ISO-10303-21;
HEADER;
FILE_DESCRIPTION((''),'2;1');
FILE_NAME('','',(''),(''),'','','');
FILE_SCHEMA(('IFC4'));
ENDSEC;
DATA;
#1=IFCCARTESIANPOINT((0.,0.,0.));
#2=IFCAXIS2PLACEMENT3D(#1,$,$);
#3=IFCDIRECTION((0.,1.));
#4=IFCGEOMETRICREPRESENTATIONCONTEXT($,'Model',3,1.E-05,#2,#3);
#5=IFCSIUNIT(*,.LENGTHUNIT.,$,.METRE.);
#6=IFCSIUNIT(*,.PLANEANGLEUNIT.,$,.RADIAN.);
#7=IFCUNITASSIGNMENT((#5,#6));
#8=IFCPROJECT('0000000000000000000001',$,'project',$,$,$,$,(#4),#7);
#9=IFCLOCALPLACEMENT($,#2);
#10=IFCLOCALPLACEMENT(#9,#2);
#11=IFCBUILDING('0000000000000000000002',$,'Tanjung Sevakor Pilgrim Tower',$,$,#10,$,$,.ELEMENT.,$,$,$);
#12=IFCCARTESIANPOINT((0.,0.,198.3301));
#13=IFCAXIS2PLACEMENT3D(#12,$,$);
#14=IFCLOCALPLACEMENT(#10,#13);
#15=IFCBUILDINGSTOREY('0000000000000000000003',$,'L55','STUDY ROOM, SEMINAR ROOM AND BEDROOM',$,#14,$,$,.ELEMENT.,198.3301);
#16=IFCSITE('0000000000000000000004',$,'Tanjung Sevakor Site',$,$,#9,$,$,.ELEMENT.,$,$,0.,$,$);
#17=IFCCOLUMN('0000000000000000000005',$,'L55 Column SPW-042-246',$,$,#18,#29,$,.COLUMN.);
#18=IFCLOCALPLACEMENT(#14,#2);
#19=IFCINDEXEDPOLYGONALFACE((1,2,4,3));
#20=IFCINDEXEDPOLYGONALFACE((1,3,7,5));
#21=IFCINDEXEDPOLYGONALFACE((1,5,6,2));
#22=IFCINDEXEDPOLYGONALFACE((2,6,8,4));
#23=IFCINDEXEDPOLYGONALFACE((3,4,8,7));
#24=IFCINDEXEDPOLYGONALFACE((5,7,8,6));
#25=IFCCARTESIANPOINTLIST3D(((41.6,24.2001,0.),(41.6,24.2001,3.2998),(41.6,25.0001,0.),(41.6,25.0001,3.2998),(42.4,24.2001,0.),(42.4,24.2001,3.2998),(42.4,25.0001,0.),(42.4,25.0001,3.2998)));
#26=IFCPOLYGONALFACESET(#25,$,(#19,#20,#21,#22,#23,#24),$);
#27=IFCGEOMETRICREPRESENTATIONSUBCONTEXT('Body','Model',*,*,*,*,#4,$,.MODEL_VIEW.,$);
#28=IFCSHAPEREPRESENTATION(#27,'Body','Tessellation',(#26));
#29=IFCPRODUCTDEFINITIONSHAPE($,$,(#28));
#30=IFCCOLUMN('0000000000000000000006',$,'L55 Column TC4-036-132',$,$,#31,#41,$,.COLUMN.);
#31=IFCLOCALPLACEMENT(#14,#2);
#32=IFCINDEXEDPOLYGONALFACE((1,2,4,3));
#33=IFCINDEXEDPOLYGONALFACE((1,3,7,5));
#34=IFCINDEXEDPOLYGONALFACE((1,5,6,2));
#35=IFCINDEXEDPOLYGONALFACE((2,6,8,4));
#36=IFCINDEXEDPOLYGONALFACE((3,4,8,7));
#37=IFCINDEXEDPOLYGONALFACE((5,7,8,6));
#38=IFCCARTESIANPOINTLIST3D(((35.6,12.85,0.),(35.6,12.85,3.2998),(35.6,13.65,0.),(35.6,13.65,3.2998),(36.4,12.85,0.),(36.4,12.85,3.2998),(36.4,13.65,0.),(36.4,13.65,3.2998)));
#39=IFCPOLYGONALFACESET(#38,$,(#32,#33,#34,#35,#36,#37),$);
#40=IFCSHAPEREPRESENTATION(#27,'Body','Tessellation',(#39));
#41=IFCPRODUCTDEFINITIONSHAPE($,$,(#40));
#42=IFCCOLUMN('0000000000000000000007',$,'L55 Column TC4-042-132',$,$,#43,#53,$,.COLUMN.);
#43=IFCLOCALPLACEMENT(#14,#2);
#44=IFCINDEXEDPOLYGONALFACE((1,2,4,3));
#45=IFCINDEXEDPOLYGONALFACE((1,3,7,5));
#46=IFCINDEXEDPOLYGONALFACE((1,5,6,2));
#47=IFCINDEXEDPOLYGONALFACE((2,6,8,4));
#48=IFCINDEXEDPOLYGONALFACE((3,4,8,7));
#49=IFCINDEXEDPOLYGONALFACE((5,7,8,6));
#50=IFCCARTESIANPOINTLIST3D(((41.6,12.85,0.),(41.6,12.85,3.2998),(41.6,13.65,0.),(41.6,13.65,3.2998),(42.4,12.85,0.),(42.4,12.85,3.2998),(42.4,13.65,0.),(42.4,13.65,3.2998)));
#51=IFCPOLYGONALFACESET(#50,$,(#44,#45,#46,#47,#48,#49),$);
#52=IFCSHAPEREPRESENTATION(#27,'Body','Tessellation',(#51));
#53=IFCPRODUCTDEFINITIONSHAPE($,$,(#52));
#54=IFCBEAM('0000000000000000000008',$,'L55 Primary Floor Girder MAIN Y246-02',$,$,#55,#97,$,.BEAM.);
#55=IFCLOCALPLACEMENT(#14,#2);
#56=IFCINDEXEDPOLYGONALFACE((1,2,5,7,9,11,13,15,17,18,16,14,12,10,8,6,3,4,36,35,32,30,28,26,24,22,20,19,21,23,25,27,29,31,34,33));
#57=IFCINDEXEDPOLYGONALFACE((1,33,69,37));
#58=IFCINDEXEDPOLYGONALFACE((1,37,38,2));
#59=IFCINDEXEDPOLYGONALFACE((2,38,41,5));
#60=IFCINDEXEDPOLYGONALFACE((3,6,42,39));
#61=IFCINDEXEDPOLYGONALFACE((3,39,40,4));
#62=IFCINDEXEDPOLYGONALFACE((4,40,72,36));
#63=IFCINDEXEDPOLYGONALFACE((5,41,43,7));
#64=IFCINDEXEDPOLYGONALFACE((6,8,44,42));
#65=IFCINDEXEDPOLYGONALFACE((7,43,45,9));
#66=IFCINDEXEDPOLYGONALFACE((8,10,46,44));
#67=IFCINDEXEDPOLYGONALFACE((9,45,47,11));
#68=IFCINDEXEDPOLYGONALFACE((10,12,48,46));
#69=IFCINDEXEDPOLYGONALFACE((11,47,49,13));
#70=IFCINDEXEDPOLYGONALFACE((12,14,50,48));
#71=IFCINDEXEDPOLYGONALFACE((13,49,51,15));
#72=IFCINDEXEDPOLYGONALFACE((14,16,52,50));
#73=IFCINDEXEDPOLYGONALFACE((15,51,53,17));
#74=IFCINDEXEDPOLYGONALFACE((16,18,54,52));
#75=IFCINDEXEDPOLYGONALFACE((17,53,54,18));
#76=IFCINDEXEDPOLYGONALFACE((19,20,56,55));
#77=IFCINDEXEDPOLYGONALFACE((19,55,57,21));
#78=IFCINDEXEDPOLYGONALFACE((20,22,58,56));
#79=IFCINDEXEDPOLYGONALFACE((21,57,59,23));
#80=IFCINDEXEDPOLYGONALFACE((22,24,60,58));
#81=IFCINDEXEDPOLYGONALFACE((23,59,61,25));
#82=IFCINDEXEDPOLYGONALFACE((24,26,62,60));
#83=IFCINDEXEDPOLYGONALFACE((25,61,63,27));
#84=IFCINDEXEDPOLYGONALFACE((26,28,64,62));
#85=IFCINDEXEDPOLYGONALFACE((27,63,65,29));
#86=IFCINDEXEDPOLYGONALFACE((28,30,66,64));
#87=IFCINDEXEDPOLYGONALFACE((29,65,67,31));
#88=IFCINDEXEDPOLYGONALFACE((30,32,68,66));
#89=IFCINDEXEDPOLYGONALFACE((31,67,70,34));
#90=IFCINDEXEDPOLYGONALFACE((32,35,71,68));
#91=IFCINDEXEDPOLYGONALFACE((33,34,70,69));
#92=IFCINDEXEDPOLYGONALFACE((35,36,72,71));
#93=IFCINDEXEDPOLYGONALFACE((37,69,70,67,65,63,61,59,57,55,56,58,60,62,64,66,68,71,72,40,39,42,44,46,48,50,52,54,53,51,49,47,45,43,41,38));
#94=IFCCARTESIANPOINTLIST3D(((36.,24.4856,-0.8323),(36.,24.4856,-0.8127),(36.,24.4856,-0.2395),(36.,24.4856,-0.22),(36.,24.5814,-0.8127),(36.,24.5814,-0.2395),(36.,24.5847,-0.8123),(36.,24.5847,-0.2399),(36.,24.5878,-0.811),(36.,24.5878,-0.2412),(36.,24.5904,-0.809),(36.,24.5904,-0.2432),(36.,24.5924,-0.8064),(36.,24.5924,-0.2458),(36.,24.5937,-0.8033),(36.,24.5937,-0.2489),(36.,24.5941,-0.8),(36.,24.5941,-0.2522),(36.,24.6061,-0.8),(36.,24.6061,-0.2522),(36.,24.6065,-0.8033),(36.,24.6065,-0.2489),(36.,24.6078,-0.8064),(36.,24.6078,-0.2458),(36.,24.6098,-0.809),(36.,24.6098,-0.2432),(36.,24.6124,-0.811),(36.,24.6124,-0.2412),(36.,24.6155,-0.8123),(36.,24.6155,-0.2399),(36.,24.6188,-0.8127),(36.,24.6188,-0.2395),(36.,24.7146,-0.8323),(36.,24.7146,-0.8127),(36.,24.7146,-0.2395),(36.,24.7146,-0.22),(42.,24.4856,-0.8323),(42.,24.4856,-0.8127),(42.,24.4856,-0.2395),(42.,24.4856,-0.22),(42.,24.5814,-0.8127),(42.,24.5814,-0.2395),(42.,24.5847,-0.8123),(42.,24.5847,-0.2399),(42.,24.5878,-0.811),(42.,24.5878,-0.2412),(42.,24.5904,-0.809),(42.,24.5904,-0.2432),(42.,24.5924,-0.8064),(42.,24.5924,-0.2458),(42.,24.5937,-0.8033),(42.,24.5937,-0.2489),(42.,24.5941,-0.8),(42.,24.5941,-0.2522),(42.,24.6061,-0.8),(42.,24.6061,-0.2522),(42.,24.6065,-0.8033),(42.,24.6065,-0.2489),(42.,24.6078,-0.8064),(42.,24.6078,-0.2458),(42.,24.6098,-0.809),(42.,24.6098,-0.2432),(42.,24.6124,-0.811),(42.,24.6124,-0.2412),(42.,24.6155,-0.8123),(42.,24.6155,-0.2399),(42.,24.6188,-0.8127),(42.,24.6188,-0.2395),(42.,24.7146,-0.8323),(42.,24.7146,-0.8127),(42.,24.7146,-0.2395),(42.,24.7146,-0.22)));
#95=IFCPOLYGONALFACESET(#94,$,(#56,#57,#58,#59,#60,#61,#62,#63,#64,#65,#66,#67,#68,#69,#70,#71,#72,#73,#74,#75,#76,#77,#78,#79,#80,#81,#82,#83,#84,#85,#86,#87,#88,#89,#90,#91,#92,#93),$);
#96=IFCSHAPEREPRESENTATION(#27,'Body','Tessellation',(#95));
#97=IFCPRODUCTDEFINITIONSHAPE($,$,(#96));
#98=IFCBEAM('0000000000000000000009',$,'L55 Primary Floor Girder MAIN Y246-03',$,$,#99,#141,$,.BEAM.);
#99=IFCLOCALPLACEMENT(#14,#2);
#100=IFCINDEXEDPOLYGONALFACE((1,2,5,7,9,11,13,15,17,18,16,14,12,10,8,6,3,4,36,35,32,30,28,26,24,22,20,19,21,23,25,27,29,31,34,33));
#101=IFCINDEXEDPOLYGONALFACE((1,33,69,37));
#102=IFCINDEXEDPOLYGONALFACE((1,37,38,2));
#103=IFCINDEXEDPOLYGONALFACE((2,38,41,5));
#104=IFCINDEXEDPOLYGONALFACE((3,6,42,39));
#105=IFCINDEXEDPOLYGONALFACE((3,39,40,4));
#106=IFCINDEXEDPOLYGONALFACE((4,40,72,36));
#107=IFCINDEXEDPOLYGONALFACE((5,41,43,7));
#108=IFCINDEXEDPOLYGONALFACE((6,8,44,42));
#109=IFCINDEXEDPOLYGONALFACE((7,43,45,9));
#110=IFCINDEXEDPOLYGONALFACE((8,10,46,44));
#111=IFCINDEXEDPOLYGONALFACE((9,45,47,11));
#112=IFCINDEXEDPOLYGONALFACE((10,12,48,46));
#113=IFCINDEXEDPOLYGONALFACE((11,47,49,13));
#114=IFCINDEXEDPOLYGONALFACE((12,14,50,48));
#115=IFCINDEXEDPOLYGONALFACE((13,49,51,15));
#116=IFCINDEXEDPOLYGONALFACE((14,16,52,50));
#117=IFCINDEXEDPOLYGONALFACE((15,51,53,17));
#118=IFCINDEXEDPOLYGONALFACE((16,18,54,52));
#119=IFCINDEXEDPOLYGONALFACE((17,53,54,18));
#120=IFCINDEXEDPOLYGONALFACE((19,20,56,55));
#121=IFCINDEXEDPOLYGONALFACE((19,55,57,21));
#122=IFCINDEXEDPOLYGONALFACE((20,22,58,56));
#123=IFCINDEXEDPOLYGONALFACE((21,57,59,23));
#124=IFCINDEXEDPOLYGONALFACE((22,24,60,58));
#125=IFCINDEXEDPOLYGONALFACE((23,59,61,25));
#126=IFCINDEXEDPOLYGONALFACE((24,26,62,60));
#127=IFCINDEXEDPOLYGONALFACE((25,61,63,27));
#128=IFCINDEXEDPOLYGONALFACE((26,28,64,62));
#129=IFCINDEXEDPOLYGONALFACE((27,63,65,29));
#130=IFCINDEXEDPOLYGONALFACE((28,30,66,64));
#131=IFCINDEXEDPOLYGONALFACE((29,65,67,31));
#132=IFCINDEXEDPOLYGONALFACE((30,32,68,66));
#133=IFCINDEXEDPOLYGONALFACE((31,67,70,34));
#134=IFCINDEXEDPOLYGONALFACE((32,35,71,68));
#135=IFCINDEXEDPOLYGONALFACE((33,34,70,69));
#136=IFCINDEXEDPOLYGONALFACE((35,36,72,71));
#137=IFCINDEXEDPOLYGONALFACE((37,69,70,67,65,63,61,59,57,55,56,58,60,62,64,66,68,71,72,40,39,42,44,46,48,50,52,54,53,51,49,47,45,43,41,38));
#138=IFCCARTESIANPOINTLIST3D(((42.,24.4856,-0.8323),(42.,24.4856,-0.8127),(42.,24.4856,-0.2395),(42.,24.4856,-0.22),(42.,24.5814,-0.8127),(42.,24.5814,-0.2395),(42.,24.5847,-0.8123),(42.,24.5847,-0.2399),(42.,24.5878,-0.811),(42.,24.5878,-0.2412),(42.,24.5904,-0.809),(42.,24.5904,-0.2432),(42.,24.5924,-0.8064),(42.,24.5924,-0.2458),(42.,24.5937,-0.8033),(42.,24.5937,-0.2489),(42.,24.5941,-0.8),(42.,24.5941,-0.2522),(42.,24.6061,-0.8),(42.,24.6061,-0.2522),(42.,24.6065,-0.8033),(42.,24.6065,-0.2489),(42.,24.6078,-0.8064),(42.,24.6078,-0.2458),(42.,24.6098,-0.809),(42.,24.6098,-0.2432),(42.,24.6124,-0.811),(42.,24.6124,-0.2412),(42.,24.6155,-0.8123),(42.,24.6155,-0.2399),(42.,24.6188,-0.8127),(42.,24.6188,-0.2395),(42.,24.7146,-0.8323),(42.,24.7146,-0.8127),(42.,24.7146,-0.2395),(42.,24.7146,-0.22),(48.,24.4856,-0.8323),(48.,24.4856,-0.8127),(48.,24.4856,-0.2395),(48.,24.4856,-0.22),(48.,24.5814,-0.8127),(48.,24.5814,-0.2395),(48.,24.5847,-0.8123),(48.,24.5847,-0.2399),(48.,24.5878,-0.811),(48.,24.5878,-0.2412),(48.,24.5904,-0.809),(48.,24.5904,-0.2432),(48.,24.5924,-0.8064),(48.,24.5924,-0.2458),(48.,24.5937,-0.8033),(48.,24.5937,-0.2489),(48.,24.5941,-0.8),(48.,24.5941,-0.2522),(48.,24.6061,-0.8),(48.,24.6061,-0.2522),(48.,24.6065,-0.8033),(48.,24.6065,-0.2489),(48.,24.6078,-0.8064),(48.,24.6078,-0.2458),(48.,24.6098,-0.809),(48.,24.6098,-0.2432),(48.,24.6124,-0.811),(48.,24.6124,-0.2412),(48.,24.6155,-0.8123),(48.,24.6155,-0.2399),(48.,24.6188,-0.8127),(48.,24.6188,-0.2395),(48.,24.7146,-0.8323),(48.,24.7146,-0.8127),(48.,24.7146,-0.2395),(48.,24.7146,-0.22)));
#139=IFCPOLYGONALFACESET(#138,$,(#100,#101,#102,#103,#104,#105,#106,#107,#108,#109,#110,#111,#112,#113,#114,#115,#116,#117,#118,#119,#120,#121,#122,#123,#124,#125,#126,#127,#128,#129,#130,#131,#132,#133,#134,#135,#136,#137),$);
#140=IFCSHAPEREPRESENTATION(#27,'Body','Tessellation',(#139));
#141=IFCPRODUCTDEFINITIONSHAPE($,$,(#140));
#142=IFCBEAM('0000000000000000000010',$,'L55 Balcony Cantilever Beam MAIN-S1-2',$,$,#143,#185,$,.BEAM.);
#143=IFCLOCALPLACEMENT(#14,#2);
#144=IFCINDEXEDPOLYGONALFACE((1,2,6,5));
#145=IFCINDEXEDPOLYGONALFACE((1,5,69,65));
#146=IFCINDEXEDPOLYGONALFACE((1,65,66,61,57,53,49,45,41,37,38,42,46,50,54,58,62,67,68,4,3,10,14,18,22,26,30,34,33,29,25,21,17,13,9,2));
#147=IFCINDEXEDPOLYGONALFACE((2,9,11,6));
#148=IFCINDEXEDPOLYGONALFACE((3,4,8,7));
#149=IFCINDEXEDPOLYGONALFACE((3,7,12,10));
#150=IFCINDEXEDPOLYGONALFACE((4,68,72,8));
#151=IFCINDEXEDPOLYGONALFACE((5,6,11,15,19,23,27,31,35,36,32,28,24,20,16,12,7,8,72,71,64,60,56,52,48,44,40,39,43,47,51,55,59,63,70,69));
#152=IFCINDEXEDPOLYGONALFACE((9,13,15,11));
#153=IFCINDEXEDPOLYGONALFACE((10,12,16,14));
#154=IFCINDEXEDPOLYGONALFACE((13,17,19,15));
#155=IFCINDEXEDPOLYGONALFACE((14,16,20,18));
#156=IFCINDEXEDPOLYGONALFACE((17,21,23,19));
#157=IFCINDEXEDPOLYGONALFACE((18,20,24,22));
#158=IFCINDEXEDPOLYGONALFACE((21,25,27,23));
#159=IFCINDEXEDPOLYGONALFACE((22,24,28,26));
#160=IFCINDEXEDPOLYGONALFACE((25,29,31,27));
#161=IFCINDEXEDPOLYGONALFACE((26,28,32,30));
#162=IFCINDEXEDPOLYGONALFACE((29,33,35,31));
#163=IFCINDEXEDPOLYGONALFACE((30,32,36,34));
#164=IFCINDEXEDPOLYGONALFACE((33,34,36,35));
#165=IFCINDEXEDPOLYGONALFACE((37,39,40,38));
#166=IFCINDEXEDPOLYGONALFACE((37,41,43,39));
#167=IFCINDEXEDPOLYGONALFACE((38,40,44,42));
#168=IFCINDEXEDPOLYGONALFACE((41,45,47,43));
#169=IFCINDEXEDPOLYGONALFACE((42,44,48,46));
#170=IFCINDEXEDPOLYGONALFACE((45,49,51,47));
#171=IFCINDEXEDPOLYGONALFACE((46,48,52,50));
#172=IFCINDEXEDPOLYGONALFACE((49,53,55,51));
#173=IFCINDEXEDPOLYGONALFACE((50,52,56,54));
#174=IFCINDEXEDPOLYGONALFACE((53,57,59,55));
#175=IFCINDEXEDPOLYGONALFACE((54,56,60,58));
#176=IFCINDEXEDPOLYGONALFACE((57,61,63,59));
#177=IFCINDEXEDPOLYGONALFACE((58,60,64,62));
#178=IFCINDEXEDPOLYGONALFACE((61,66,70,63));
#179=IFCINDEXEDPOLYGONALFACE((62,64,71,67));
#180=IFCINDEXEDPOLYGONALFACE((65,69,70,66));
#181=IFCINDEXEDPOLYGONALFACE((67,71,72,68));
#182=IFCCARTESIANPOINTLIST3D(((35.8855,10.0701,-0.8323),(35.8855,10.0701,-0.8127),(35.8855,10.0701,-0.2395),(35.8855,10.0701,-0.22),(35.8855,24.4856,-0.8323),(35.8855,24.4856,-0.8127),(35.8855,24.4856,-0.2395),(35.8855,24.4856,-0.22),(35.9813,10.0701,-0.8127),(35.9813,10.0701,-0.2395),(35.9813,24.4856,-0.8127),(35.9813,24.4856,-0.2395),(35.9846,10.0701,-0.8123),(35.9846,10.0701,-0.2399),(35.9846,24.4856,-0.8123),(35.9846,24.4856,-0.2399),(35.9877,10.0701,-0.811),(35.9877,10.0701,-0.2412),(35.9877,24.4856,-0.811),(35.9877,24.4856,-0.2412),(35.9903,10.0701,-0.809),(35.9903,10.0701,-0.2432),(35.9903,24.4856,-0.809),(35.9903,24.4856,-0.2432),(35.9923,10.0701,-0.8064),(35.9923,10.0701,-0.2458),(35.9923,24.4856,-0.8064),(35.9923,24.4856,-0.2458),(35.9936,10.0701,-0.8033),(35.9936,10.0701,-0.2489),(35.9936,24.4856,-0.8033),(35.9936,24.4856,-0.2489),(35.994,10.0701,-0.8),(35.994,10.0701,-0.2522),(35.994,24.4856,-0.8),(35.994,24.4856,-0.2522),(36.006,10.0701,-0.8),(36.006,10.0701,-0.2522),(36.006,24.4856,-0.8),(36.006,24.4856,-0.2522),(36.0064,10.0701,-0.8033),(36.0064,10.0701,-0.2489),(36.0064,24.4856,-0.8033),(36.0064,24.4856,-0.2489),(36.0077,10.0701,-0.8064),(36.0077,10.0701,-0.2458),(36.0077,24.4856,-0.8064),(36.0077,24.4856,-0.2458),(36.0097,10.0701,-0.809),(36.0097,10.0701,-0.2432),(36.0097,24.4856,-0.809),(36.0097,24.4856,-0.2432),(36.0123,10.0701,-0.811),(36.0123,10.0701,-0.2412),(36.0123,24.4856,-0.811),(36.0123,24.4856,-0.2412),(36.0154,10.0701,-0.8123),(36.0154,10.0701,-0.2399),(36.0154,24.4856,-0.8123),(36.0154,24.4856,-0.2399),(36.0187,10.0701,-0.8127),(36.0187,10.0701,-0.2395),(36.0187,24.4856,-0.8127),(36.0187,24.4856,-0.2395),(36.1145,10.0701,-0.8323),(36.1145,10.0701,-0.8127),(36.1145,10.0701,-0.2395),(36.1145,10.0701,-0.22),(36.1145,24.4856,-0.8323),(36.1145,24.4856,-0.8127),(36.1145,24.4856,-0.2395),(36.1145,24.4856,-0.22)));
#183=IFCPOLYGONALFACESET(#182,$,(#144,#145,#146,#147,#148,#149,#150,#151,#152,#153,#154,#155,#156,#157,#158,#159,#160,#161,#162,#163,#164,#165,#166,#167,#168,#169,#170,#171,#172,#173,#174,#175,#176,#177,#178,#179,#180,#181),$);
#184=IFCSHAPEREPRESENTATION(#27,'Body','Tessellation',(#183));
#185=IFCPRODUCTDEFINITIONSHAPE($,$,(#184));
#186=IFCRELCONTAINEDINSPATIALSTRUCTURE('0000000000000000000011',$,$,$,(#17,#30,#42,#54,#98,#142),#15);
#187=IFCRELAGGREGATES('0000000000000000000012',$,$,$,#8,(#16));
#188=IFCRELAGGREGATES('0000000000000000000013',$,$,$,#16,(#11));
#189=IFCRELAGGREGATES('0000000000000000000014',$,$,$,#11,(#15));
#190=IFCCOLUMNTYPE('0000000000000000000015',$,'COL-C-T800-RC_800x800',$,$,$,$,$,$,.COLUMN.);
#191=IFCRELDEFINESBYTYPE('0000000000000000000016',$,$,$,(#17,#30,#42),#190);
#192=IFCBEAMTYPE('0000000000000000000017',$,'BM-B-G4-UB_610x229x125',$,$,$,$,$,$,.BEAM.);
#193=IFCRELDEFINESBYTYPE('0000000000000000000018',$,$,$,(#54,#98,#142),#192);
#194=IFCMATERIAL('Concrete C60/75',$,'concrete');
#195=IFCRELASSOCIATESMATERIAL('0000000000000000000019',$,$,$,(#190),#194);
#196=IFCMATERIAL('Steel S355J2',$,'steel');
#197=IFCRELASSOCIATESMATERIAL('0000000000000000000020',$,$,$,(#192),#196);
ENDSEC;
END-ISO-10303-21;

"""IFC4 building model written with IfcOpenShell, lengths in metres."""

from ifc_helpers import new_model, si_unit, direction, frame, origin, origin_2d, place, context, subcontext, project, spatial, rectangle, i_section, extrude, material, material_profile, profile_set, type_object, element, save


model = new_model("IFC4")

# Units and contexts
model_context = context("Model", 3, precision=1e-05, world=origin(), true_north=direction((0.0, 1.0)))
body_context = subcontext(model_context, "Body", "Model", "MODEL_VIEW")
ifc_project = project(units=[si_unit("LENGTHUNIT", "METRE"), si_unit("PLANEANGLEUNIT", "RADIAN")], contexts=[model_context])

# Site, building, storey
site_placement = place(None, origin())
site = spatial("IfcSite", under=ifc_project, at=site_placement, Name="Tanjung Sevakor Site", CompositionType="ELEMENT", RefElevation=0.0)
building_placement = place(site_placement, origin())
building = spatial("IfcBuilding", under=site, at=building_placement, Name="Tanjung Sevakor Pilgrim Tower", CompositionType="ELEMENT")
storey_placement = place(building_placement, frame((0.0, 0.0, 198.3301)))
storey = spatial("IfcBuildingStorey", under=building, at=storey_placement, Name="L55", Description="STUDY ROOM, SEMINAR ROOM AND BEDROOM", CompositionType="ELEMENT", Elevation=198.3301)

# Columns
ifc_material_1 = material(Name="Concrete C60/75", Category="concrete")
ifc_material_profile_1 = material_profile(ifc_material_1, rectangle(XDim=0.8, YDim=0.8, at=origin_2d()))
ifc_profile_set_1 = profile_set([ifc_material_profile_1], Name="Concrete C60/75")
column_type = type_object("IfcColumnType", Name="COL-C-T800-RC_800x800", PredefinedType="COLUMN", material=ifc_profile_set_1)
for number, where, z_axis, x_axis, name in (
    (1, (42.0, 24.6001, 0.0), (0.0, 0.0, 1.0), (1.0, 0.0, 0.0), "L55 Column SPW-042-246"),
    (2, (36.0, 13.25, 0.0), (0.0, 0.0, 1.0), (1.0, 0.0, 0.0), "L55 Column TC4-036-132"),
    (3, (42.0, 13.25, 0.0), (0.0, 0.0, 1.0), (1.0, 0.0, 0.0), "L55 Column TC4-042-132"),
):
    element("IfcColumn", number, at=place(storey_placement, frame(where, z_axis=z_axis, x_axis=x_axis)), inside=storey, type_object=column_type, Name=name, PredefinedType="COLUMN", context=body_context, shape_type="SweptSolid", body=[
        extrude(rectangle(XDim=0.8, YDim=0.8, at=origin_2d()), origin(), (0.0, 0.0, 1.0), 3.2998),
    ])

# Beams
ifc_material_2 = material(Name="Steel S355J2", Category="steel")
ifc_material_profile_2 = material_profile(ifc_material_2, i_section(OverallWidth=0.229, OverallDepth=0.6123, WebThickness=0.012, FlangeThickness=0.0195, FilletRadius=0.0127, at=origin_2d()))
ifc_profile_set_2 = profile_set([ifc_material_profile_2], Name="Steel S355J2")
beam_type_1 = type_object("IfcBeamType", Name="BM-B-G4-UB_610x229x125", PredefinedType="BEAM", material=ifc_profile_set_2)
for number, where, z_axis, x_axis, name in (
    (4, (36.0, 24.6001, -0.5261), (1.0, 0.0, 0.0), (0.0, 1.0, 0.0), "L55 Primary Floor Girder MAIN Y246-02"),
    (5, (42.0, 24.6001, -0.5261), (1.0, 0.0, 0.0), (0.0, 1.0, 0.0), "L55 Primary Floor Girder MAIN Y246-03"),
):
    element("IfcBeam", number, at=place(storey_placement, frame(where, z_axis=z_axis, x_axis=x_axis)), inside=storey, type_object=beam_type_1, Name=name, PredefinedType="BEAM", context=body_context, shape_type="SweptSolid", body=[
        extrude(i_section(OverallWidth=0.229, OverallDepth=0.6123, WebThickness=0.012, FlangeThickness=0.0195, FilletRadius=0.0127, at=origin_2d()), origin(), (0.0, 0.0, 1.0), 6.0),
    ])
beam_1_placement = place(storey_placement, frame((36.0, 24.4856, -0.5261), z_axis=(0.0, -1.0, 0.0), x_axis=(1.0, 0.0, 0.0)))
element("IfcBeam", 6, at=beam_1_placement, inside=storey, type_object=beam_type_1, Name="L55 Balcony Cantilever Beam MAIN-S1-2", PredefinedType="BEAM", context=body_context, shape_type="SweptSolid", body=[
    extrude(i_section(OverallWidth=0.229, OverallDepth=0.6123, WebThickness=0.012, FlangeThickness=0.0195, FilletRadius=0.0127, at=origin_2d()), origin(), (0.0, 0.0, 1.0), 14.4155),
])

save(model, "model.ifc")
